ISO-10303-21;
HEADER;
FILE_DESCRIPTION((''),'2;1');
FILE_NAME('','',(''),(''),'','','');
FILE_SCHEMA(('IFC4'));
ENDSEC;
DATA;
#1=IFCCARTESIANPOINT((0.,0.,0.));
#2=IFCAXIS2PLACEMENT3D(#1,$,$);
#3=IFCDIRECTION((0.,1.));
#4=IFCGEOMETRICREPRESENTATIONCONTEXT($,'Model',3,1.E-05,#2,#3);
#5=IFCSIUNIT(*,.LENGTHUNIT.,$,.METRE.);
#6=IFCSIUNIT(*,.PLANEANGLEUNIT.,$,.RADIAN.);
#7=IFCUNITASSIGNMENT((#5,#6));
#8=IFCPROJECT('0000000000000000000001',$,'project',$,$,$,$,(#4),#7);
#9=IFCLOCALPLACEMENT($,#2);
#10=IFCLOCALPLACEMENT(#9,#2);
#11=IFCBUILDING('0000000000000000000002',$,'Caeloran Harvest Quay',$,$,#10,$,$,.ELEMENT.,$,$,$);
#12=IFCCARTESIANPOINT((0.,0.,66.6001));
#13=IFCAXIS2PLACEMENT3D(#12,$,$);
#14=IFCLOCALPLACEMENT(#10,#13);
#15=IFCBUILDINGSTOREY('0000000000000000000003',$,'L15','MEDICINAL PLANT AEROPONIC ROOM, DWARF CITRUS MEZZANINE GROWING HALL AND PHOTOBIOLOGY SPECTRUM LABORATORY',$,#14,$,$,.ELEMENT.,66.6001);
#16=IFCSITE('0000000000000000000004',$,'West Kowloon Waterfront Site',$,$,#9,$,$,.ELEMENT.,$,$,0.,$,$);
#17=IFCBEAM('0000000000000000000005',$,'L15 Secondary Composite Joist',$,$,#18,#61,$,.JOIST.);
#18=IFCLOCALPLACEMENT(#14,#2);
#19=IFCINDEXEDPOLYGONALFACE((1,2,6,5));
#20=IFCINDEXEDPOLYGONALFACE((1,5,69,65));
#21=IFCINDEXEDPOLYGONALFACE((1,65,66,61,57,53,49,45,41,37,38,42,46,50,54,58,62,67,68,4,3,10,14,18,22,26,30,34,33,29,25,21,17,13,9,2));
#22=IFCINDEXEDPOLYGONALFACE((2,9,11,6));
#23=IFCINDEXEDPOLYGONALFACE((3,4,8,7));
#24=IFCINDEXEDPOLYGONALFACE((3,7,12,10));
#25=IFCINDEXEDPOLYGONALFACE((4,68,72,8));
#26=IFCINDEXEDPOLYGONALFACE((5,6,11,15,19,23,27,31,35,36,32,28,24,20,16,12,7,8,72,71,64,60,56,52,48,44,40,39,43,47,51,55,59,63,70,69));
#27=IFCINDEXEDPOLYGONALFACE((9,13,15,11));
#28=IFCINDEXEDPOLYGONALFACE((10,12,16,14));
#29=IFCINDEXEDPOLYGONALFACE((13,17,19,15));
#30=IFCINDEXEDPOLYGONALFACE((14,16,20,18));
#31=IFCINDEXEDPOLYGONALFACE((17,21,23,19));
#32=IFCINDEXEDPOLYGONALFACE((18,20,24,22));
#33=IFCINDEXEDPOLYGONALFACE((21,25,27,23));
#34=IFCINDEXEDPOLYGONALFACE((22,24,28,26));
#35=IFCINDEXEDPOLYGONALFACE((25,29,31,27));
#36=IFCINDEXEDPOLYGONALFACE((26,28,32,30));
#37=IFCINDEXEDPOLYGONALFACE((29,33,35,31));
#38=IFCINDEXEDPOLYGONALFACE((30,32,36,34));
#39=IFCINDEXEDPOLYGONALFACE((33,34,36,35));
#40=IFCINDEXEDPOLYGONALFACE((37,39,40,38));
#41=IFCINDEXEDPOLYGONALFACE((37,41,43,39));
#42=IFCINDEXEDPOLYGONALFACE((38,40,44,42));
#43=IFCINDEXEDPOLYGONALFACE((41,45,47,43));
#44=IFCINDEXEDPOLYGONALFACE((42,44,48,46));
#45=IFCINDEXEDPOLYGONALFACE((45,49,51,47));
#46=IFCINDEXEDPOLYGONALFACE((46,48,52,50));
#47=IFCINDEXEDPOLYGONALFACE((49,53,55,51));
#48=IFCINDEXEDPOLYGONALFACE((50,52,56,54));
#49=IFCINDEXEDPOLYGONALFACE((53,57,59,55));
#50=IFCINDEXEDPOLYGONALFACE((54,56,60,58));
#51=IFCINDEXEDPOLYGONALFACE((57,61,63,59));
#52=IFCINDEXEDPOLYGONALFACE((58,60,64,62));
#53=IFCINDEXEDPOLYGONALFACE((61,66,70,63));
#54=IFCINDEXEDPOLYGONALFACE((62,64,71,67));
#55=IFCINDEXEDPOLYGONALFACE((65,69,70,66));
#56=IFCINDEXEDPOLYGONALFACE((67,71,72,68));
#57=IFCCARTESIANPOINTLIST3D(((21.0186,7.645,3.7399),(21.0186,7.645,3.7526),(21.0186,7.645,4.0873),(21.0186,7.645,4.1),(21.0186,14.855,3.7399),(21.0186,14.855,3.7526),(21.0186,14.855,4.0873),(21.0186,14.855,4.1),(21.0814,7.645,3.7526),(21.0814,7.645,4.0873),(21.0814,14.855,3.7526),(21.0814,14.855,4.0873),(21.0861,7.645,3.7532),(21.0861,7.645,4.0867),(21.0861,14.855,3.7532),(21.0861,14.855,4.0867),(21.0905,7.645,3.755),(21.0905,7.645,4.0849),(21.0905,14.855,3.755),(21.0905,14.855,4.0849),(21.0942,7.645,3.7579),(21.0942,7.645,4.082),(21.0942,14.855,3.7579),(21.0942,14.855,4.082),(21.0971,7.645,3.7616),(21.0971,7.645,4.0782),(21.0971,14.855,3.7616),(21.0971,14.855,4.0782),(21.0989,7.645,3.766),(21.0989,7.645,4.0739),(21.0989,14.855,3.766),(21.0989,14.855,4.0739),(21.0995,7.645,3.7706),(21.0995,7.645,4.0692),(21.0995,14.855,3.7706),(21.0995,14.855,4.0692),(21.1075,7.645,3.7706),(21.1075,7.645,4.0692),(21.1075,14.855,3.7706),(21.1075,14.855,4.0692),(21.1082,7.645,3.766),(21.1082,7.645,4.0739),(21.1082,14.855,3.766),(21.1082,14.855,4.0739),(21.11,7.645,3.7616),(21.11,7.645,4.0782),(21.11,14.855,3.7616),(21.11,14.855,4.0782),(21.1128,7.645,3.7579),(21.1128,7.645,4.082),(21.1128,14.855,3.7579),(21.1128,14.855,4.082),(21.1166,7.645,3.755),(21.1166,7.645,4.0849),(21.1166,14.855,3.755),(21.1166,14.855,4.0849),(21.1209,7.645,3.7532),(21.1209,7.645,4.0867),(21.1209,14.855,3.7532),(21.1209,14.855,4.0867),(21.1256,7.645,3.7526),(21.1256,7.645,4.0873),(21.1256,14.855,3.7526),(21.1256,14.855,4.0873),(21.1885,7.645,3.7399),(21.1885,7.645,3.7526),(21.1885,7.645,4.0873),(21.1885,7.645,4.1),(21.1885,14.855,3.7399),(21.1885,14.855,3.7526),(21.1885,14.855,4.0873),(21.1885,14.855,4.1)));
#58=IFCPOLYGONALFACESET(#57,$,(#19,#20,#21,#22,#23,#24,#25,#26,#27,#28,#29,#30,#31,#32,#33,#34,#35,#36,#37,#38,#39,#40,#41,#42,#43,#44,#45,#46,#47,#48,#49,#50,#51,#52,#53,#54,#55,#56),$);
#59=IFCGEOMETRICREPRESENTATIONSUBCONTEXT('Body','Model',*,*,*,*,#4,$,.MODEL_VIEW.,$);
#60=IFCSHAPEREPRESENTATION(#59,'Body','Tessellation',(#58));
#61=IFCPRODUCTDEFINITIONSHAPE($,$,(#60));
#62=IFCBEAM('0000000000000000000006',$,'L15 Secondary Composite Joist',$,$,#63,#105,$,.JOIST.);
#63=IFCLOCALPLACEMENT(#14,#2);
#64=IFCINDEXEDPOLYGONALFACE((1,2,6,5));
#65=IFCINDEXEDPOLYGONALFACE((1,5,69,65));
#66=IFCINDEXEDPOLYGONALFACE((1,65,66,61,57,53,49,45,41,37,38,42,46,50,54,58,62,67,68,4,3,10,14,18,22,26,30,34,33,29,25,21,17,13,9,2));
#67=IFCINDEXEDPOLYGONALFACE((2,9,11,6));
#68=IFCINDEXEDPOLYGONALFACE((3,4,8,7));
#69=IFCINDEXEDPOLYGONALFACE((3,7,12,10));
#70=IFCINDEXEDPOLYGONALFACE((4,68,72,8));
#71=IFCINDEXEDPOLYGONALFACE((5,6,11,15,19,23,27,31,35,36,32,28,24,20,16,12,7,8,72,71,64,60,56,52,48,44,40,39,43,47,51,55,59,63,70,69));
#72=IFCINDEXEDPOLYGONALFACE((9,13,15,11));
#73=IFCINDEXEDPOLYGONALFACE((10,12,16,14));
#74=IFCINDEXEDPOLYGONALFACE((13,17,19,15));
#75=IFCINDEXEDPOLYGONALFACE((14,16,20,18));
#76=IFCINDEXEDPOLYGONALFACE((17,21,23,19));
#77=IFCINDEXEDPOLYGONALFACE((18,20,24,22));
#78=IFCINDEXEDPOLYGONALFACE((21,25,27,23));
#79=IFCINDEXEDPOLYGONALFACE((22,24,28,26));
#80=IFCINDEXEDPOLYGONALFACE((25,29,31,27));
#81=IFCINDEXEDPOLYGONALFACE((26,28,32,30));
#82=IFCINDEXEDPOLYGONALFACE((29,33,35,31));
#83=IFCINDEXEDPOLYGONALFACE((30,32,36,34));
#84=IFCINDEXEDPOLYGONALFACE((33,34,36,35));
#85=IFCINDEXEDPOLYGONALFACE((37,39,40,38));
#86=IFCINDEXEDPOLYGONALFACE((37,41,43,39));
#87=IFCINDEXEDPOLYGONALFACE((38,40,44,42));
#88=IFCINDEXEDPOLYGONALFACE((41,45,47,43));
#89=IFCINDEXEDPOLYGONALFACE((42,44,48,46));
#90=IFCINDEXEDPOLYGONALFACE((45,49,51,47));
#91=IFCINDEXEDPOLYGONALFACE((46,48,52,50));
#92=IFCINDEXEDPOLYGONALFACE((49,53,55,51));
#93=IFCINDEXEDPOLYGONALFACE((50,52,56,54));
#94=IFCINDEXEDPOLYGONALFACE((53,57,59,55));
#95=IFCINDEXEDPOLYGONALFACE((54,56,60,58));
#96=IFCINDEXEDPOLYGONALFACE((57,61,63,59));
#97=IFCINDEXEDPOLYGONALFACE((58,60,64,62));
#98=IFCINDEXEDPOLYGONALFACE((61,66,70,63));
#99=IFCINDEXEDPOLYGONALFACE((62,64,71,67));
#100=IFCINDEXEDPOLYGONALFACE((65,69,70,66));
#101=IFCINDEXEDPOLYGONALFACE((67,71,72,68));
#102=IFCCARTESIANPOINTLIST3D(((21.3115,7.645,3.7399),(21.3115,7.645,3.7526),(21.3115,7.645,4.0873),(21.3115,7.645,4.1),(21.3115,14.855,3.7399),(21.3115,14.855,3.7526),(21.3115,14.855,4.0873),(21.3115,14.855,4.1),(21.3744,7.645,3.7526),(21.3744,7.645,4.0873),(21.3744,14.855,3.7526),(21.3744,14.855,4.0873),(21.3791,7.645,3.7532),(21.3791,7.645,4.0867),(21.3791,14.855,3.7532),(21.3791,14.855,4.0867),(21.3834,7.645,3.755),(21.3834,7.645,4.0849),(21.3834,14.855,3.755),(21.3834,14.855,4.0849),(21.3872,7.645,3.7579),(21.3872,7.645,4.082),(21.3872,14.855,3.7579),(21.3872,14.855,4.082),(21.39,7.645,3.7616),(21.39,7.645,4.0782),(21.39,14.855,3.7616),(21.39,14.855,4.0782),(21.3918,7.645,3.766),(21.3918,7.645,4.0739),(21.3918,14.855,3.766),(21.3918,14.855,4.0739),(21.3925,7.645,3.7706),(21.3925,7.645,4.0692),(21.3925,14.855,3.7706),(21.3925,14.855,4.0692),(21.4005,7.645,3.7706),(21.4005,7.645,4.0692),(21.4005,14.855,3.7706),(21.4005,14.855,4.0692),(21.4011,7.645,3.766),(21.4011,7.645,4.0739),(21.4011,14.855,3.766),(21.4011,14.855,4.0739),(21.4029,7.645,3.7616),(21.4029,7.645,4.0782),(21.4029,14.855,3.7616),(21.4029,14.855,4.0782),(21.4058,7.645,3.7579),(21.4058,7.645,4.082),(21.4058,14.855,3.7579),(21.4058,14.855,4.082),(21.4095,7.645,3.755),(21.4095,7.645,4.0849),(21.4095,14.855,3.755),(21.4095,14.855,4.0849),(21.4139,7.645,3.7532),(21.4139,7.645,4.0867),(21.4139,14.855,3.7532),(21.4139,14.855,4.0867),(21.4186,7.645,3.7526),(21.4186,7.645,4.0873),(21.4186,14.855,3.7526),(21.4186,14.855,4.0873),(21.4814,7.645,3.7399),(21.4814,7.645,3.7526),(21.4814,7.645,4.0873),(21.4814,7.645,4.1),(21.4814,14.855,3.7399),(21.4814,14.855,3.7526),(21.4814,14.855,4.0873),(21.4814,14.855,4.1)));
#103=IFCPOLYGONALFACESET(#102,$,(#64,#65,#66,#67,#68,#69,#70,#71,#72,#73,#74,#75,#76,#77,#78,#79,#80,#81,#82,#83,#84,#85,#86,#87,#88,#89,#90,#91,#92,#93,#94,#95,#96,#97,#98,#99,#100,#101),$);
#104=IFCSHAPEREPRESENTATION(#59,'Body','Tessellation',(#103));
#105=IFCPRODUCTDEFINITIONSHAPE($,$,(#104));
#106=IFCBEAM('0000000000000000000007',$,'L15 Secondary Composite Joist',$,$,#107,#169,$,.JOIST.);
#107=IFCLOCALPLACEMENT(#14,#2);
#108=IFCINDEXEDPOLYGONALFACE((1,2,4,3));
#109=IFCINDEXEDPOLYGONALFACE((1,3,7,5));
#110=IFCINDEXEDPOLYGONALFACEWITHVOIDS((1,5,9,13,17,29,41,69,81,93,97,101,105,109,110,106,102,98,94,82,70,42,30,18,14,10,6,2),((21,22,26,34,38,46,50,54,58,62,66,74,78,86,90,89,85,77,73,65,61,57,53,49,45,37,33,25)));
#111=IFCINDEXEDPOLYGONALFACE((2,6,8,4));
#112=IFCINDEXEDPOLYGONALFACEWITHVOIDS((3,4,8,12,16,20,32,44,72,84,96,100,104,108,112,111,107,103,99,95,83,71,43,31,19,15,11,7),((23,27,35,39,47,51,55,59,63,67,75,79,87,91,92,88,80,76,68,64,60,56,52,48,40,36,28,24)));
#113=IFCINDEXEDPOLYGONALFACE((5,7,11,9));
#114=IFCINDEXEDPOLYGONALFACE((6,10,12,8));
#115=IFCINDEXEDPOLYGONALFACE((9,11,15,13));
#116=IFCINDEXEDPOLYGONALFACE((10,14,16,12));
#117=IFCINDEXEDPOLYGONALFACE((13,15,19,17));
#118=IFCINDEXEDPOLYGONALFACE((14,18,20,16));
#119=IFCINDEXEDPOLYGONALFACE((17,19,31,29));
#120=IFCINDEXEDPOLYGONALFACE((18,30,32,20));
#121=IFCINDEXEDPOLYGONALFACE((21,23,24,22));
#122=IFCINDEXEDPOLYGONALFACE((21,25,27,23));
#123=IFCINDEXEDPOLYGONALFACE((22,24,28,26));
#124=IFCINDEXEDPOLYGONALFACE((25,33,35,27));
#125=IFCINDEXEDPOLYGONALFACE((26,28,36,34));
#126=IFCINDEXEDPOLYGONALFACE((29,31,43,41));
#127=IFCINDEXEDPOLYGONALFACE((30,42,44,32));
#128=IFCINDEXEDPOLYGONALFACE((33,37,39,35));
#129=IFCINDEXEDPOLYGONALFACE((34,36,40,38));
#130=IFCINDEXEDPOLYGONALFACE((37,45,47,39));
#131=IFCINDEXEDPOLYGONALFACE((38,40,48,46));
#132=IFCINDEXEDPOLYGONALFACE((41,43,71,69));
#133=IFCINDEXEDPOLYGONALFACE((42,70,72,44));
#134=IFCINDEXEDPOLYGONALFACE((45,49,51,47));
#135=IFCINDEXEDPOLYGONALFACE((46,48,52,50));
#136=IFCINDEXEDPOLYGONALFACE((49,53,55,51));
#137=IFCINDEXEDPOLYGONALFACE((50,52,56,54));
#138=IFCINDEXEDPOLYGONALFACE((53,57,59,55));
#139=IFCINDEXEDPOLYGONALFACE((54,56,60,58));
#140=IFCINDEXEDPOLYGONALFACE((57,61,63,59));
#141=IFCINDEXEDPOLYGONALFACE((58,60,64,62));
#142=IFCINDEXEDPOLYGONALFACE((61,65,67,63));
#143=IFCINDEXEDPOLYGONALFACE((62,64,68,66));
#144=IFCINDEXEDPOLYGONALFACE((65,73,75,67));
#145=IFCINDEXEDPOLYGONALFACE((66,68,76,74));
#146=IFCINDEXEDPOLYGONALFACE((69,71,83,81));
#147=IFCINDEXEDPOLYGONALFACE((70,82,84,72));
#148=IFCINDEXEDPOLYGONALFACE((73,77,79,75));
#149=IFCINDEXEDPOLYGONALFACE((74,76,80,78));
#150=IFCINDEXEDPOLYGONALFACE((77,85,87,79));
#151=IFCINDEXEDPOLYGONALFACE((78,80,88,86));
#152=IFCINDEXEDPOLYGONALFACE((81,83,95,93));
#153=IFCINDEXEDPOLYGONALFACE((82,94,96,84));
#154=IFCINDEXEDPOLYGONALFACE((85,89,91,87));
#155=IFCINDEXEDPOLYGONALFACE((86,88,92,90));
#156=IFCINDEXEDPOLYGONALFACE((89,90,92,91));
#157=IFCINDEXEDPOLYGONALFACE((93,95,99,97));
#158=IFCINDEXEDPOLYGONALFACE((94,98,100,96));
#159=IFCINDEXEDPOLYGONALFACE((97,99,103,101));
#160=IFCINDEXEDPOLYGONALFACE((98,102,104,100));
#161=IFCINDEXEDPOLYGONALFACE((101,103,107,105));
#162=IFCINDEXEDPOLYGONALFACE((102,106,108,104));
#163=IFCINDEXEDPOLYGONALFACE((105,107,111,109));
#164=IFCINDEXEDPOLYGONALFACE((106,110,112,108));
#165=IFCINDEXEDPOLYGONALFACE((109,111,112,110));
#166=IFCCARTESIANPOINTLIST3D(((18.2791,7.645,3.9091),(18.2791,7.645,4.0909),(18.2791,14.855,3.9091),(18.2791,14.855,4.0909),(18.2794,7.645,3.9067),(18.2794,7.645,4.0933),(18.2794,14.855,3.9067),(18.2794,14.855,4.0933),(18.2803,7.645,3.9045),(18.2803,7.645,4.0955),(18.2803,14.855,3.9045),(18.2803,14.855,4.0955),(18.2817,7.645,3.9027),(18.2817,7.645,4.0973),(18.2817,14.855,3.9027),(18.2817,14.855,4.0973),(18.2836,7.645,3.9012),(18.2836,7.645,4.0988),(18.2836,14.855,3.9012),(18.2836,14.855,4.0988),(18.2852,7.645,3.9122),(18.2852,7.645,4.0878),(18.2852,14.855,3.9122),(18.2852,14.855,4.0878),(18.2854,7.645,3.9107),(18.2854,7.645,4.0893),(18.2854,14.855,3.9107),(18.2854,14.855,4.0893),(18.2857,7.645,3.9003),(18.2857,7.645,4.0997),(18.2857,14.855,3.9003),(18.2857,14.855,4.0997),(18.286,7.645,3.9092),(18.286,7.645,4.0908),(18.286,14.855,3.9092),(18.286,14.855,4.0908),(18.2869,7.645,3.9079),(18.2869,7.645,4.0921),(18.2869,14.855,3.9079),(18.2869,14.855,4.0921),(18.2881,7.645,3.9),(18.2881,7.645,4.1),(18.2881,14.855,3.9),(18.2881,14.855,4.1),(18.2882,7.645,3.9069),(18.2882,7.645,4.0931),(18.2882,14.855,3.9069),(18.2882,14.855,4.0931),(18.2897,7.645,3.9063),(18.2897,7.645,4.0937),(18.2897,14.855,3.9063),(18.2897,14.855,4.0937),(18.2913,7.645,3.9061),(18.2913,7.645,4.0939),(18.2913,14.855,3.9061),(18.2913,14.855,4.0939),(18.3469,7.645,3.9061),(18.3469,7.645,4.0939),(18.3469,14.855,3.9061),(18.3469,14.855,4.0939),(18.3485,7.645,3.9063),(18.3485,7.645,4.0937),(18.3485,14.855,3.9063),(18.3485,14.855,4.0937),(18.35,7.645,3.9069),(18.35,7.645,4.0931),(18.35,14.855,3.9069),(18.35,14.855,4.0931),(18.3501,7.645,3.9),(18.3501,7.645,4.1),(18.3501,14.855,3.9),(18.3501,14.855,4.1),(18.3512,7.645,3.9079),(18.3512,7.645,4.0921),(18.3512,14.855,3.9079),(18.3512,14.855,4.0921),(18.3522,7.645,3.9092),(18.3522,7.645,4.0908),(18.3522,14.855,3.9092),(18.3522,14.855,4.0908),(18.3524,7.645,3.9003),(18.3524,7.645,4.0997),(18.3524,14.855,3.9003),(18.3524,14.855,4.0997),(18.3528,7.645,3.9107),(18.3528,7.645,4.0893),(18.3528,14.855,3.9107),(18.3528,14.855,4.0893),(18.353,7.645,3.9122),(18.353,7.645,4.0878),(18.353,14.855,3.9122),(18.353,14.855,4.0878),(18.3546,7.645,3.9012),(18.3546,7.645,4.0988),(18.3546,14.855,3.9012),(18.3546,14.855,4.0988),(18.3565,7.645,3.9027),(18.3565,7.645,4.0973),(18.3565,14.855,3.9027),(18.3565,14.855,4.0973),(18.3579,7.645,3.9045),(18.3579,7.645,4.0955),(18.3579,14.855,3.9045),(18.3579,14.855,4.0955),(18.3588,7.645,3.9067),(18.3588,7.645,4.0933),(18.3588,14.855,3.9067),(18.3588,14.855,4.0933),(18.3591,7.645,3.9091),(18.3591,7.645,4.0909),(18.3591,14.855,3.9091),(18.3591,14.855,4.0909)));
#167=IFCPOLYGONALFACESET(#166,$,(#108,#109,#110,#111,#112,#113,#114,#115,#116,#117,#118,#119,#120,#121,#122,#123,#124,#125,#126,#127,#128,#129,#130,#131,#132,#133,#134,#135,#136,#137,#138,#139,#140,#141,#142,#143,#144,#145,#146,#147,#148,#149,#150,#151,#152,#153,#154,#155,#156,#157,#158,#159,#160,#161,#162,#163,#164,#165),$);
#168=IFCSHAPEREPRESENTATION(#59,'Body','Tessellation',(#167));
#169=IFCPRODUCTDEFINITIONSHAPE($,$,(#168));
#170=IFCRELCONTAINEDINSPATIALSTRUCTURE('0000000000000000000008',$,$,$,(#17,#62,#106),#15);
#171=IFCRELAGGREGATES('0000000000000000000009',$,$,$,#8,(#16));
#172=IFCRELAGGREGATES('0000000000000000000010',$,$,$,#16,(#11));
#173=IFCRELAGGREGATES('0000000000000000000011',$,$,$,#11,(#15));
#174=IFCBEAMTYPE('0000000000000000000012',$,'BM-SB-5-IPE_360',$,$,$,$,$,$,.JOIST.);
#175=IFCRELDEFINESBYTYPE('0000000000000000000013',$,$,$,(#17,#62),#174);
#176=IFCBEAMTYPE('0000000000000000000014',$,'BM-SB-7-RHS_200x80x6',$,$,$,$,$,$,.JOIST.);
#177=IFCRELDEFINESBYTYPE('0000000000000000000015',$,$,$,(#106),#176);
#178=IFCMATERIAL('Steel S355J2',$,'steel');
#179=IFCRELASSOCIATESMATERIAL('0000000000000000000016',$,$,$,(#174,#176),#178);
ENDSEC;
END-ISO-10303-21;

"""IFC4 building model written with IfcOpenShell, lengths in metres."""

from ifc_helpers import new_model, si_unit, direction, frame, origin, origin_2d, place, context, subcontext, project, spatial, hollow_rectangle, i_section, extrude, material, material_profile, profile_set, type_object, element, save


model = new_model("IFC4")

# Units and contexts
model_context = context("Model", 3, precision=1e-05, world=origin(), true_north=direction((0.0, 1.0)))
body_context = subcontext(model_context, "Body", "Model", "MODEL_VIEW")
ifc_project = project(units=[si_unit("LENGTHUNIT", "METRE"), si_unit("PLANEANGLEUNIT", "RADIAN")], contexts=[model_context])

# Site, building, storey
site_placement = place(None, origin())
site = spatial("IfcSite", under=ifc_project, at=site_placement, Name="West Kowloon Waterfront Site", CompositionType="ELEMENT", RefElevation=0.0)
building_placement = place(site_placement, origin())
building = spatial("IfcBuilding", under=site, at=building_placement, Name="Caeloran Harvest Quay", CompositionType="ELEMENT")
storey_placement = place(building_placement, frame((0.0, 0.0, 66.6001)))
storey = spatial("IfcBuildingStorey", under=building, at=storey_placement, Name="L15", Description="MEDICINAL PLANT AEROPONIC ROOM, DWARF CITRUS MEZZANINE GROWING HALL AND PHOTOBIOLOGY SPECTRUM LABORATORY", CompositionType="ELEMENT", Elevation=66.6001)

# Beams
ifc_material_1 = material(Name="Steel S355J2", Category="steel")
ifc_material_profile_1 = material_profile(ifc_material_1, i_section(OverallWidth=0.1699, OverallDepth=0.3601, WebThickness=0.0081, FlangeThickness=0.0127, FilletRadius=0.0181, at=origin_2d()), Name="IPE 360")
ifc_profile_set_1 = profile_set([ifc_material_profile_1], Name="Steel S355J2")
beam_type_1 = type_object("IfcBeamType", Name="BM-SB-5-IPE_360", PredefinedType="JOIST", material=ifc_profile_set_1)
for number, where, z_axis, x_axis, name in (
    (1, (21.1035, 7.645, 3.9199), (0.0, 1.0, 0.0), (-1.0, 0.0, 0.0), "L15 Secondary Composite Joist"),
    (2, (21.3965, 7.645, 3.9199), (0.0, 1.0, 0.0), (-1.0, 0.0, 0.0), "L15 Secondary Composite Joist"),
):
    element("IfcBeam", number, at=place(storey_placement, frame(where, z_axis=z_axis, x_axis=x_axis)), inside=storey, type_object=beam_type_1, Name=name, PredefinedType="JOIST", context=body_context, shape_type="SweptSolid", body=[
        extrude(i_section(OverallWidth=0.1699, OverallDepth=0.3601, WebThickness=0.0081, FlangeThickness=0.0127, FilletRadius=0.0181, at=origin_2d()), origin(), (0.0, 0.0, 1.0), 7.21),
    ])
ifc_material_profile_2 = material_profile(ifc_material_1, hollow_rectangle(XDim=0.0801, YDim=0.2, WallThickness=0.0061, InnerFilletRadius=0.0061, OuterFilletRadius=0.009, at=origin_2d()), Name="RHS 200x80x6")
ifc_profile_set_2 = profile_set([ifc_material_profile_2], Name="Steel S355J2")
beam_type_2 = type_object("IfcBeamType", Name="BM-SB-7-RHS_200x80x6", PredefinedType="JOIST", material=ifc_profile_set_2)
for number, where, z_axis, x_axis, name in (
    (3, (18.3191, 7.645, 4.0), (0.0, 1.0, 0.0), (-1.0, 0.0, 0.0), "L15 Secondary Composite Joist"),
):
    element("IfcBeam", number, at=place(storey_placement, frame(where, z_axis=z_axis, x_axis=x_axis)), inside=storey, type_object=beam_type_2, Name=name, PredefinedType="JOIST", context=body_context, shape_type="SweptSolid", body=[
        extrude(hollow_rectangle(XDim=0.0801, YDim=0.2, WallThickness=0.0061, InnerFilletRadius=0.0061, OuterFilletRadius=0.009, at=origin_2d()), origin(), (0.0, 0.0, 1.0), 7.21),
    ])

save(model, "model.ifc")
